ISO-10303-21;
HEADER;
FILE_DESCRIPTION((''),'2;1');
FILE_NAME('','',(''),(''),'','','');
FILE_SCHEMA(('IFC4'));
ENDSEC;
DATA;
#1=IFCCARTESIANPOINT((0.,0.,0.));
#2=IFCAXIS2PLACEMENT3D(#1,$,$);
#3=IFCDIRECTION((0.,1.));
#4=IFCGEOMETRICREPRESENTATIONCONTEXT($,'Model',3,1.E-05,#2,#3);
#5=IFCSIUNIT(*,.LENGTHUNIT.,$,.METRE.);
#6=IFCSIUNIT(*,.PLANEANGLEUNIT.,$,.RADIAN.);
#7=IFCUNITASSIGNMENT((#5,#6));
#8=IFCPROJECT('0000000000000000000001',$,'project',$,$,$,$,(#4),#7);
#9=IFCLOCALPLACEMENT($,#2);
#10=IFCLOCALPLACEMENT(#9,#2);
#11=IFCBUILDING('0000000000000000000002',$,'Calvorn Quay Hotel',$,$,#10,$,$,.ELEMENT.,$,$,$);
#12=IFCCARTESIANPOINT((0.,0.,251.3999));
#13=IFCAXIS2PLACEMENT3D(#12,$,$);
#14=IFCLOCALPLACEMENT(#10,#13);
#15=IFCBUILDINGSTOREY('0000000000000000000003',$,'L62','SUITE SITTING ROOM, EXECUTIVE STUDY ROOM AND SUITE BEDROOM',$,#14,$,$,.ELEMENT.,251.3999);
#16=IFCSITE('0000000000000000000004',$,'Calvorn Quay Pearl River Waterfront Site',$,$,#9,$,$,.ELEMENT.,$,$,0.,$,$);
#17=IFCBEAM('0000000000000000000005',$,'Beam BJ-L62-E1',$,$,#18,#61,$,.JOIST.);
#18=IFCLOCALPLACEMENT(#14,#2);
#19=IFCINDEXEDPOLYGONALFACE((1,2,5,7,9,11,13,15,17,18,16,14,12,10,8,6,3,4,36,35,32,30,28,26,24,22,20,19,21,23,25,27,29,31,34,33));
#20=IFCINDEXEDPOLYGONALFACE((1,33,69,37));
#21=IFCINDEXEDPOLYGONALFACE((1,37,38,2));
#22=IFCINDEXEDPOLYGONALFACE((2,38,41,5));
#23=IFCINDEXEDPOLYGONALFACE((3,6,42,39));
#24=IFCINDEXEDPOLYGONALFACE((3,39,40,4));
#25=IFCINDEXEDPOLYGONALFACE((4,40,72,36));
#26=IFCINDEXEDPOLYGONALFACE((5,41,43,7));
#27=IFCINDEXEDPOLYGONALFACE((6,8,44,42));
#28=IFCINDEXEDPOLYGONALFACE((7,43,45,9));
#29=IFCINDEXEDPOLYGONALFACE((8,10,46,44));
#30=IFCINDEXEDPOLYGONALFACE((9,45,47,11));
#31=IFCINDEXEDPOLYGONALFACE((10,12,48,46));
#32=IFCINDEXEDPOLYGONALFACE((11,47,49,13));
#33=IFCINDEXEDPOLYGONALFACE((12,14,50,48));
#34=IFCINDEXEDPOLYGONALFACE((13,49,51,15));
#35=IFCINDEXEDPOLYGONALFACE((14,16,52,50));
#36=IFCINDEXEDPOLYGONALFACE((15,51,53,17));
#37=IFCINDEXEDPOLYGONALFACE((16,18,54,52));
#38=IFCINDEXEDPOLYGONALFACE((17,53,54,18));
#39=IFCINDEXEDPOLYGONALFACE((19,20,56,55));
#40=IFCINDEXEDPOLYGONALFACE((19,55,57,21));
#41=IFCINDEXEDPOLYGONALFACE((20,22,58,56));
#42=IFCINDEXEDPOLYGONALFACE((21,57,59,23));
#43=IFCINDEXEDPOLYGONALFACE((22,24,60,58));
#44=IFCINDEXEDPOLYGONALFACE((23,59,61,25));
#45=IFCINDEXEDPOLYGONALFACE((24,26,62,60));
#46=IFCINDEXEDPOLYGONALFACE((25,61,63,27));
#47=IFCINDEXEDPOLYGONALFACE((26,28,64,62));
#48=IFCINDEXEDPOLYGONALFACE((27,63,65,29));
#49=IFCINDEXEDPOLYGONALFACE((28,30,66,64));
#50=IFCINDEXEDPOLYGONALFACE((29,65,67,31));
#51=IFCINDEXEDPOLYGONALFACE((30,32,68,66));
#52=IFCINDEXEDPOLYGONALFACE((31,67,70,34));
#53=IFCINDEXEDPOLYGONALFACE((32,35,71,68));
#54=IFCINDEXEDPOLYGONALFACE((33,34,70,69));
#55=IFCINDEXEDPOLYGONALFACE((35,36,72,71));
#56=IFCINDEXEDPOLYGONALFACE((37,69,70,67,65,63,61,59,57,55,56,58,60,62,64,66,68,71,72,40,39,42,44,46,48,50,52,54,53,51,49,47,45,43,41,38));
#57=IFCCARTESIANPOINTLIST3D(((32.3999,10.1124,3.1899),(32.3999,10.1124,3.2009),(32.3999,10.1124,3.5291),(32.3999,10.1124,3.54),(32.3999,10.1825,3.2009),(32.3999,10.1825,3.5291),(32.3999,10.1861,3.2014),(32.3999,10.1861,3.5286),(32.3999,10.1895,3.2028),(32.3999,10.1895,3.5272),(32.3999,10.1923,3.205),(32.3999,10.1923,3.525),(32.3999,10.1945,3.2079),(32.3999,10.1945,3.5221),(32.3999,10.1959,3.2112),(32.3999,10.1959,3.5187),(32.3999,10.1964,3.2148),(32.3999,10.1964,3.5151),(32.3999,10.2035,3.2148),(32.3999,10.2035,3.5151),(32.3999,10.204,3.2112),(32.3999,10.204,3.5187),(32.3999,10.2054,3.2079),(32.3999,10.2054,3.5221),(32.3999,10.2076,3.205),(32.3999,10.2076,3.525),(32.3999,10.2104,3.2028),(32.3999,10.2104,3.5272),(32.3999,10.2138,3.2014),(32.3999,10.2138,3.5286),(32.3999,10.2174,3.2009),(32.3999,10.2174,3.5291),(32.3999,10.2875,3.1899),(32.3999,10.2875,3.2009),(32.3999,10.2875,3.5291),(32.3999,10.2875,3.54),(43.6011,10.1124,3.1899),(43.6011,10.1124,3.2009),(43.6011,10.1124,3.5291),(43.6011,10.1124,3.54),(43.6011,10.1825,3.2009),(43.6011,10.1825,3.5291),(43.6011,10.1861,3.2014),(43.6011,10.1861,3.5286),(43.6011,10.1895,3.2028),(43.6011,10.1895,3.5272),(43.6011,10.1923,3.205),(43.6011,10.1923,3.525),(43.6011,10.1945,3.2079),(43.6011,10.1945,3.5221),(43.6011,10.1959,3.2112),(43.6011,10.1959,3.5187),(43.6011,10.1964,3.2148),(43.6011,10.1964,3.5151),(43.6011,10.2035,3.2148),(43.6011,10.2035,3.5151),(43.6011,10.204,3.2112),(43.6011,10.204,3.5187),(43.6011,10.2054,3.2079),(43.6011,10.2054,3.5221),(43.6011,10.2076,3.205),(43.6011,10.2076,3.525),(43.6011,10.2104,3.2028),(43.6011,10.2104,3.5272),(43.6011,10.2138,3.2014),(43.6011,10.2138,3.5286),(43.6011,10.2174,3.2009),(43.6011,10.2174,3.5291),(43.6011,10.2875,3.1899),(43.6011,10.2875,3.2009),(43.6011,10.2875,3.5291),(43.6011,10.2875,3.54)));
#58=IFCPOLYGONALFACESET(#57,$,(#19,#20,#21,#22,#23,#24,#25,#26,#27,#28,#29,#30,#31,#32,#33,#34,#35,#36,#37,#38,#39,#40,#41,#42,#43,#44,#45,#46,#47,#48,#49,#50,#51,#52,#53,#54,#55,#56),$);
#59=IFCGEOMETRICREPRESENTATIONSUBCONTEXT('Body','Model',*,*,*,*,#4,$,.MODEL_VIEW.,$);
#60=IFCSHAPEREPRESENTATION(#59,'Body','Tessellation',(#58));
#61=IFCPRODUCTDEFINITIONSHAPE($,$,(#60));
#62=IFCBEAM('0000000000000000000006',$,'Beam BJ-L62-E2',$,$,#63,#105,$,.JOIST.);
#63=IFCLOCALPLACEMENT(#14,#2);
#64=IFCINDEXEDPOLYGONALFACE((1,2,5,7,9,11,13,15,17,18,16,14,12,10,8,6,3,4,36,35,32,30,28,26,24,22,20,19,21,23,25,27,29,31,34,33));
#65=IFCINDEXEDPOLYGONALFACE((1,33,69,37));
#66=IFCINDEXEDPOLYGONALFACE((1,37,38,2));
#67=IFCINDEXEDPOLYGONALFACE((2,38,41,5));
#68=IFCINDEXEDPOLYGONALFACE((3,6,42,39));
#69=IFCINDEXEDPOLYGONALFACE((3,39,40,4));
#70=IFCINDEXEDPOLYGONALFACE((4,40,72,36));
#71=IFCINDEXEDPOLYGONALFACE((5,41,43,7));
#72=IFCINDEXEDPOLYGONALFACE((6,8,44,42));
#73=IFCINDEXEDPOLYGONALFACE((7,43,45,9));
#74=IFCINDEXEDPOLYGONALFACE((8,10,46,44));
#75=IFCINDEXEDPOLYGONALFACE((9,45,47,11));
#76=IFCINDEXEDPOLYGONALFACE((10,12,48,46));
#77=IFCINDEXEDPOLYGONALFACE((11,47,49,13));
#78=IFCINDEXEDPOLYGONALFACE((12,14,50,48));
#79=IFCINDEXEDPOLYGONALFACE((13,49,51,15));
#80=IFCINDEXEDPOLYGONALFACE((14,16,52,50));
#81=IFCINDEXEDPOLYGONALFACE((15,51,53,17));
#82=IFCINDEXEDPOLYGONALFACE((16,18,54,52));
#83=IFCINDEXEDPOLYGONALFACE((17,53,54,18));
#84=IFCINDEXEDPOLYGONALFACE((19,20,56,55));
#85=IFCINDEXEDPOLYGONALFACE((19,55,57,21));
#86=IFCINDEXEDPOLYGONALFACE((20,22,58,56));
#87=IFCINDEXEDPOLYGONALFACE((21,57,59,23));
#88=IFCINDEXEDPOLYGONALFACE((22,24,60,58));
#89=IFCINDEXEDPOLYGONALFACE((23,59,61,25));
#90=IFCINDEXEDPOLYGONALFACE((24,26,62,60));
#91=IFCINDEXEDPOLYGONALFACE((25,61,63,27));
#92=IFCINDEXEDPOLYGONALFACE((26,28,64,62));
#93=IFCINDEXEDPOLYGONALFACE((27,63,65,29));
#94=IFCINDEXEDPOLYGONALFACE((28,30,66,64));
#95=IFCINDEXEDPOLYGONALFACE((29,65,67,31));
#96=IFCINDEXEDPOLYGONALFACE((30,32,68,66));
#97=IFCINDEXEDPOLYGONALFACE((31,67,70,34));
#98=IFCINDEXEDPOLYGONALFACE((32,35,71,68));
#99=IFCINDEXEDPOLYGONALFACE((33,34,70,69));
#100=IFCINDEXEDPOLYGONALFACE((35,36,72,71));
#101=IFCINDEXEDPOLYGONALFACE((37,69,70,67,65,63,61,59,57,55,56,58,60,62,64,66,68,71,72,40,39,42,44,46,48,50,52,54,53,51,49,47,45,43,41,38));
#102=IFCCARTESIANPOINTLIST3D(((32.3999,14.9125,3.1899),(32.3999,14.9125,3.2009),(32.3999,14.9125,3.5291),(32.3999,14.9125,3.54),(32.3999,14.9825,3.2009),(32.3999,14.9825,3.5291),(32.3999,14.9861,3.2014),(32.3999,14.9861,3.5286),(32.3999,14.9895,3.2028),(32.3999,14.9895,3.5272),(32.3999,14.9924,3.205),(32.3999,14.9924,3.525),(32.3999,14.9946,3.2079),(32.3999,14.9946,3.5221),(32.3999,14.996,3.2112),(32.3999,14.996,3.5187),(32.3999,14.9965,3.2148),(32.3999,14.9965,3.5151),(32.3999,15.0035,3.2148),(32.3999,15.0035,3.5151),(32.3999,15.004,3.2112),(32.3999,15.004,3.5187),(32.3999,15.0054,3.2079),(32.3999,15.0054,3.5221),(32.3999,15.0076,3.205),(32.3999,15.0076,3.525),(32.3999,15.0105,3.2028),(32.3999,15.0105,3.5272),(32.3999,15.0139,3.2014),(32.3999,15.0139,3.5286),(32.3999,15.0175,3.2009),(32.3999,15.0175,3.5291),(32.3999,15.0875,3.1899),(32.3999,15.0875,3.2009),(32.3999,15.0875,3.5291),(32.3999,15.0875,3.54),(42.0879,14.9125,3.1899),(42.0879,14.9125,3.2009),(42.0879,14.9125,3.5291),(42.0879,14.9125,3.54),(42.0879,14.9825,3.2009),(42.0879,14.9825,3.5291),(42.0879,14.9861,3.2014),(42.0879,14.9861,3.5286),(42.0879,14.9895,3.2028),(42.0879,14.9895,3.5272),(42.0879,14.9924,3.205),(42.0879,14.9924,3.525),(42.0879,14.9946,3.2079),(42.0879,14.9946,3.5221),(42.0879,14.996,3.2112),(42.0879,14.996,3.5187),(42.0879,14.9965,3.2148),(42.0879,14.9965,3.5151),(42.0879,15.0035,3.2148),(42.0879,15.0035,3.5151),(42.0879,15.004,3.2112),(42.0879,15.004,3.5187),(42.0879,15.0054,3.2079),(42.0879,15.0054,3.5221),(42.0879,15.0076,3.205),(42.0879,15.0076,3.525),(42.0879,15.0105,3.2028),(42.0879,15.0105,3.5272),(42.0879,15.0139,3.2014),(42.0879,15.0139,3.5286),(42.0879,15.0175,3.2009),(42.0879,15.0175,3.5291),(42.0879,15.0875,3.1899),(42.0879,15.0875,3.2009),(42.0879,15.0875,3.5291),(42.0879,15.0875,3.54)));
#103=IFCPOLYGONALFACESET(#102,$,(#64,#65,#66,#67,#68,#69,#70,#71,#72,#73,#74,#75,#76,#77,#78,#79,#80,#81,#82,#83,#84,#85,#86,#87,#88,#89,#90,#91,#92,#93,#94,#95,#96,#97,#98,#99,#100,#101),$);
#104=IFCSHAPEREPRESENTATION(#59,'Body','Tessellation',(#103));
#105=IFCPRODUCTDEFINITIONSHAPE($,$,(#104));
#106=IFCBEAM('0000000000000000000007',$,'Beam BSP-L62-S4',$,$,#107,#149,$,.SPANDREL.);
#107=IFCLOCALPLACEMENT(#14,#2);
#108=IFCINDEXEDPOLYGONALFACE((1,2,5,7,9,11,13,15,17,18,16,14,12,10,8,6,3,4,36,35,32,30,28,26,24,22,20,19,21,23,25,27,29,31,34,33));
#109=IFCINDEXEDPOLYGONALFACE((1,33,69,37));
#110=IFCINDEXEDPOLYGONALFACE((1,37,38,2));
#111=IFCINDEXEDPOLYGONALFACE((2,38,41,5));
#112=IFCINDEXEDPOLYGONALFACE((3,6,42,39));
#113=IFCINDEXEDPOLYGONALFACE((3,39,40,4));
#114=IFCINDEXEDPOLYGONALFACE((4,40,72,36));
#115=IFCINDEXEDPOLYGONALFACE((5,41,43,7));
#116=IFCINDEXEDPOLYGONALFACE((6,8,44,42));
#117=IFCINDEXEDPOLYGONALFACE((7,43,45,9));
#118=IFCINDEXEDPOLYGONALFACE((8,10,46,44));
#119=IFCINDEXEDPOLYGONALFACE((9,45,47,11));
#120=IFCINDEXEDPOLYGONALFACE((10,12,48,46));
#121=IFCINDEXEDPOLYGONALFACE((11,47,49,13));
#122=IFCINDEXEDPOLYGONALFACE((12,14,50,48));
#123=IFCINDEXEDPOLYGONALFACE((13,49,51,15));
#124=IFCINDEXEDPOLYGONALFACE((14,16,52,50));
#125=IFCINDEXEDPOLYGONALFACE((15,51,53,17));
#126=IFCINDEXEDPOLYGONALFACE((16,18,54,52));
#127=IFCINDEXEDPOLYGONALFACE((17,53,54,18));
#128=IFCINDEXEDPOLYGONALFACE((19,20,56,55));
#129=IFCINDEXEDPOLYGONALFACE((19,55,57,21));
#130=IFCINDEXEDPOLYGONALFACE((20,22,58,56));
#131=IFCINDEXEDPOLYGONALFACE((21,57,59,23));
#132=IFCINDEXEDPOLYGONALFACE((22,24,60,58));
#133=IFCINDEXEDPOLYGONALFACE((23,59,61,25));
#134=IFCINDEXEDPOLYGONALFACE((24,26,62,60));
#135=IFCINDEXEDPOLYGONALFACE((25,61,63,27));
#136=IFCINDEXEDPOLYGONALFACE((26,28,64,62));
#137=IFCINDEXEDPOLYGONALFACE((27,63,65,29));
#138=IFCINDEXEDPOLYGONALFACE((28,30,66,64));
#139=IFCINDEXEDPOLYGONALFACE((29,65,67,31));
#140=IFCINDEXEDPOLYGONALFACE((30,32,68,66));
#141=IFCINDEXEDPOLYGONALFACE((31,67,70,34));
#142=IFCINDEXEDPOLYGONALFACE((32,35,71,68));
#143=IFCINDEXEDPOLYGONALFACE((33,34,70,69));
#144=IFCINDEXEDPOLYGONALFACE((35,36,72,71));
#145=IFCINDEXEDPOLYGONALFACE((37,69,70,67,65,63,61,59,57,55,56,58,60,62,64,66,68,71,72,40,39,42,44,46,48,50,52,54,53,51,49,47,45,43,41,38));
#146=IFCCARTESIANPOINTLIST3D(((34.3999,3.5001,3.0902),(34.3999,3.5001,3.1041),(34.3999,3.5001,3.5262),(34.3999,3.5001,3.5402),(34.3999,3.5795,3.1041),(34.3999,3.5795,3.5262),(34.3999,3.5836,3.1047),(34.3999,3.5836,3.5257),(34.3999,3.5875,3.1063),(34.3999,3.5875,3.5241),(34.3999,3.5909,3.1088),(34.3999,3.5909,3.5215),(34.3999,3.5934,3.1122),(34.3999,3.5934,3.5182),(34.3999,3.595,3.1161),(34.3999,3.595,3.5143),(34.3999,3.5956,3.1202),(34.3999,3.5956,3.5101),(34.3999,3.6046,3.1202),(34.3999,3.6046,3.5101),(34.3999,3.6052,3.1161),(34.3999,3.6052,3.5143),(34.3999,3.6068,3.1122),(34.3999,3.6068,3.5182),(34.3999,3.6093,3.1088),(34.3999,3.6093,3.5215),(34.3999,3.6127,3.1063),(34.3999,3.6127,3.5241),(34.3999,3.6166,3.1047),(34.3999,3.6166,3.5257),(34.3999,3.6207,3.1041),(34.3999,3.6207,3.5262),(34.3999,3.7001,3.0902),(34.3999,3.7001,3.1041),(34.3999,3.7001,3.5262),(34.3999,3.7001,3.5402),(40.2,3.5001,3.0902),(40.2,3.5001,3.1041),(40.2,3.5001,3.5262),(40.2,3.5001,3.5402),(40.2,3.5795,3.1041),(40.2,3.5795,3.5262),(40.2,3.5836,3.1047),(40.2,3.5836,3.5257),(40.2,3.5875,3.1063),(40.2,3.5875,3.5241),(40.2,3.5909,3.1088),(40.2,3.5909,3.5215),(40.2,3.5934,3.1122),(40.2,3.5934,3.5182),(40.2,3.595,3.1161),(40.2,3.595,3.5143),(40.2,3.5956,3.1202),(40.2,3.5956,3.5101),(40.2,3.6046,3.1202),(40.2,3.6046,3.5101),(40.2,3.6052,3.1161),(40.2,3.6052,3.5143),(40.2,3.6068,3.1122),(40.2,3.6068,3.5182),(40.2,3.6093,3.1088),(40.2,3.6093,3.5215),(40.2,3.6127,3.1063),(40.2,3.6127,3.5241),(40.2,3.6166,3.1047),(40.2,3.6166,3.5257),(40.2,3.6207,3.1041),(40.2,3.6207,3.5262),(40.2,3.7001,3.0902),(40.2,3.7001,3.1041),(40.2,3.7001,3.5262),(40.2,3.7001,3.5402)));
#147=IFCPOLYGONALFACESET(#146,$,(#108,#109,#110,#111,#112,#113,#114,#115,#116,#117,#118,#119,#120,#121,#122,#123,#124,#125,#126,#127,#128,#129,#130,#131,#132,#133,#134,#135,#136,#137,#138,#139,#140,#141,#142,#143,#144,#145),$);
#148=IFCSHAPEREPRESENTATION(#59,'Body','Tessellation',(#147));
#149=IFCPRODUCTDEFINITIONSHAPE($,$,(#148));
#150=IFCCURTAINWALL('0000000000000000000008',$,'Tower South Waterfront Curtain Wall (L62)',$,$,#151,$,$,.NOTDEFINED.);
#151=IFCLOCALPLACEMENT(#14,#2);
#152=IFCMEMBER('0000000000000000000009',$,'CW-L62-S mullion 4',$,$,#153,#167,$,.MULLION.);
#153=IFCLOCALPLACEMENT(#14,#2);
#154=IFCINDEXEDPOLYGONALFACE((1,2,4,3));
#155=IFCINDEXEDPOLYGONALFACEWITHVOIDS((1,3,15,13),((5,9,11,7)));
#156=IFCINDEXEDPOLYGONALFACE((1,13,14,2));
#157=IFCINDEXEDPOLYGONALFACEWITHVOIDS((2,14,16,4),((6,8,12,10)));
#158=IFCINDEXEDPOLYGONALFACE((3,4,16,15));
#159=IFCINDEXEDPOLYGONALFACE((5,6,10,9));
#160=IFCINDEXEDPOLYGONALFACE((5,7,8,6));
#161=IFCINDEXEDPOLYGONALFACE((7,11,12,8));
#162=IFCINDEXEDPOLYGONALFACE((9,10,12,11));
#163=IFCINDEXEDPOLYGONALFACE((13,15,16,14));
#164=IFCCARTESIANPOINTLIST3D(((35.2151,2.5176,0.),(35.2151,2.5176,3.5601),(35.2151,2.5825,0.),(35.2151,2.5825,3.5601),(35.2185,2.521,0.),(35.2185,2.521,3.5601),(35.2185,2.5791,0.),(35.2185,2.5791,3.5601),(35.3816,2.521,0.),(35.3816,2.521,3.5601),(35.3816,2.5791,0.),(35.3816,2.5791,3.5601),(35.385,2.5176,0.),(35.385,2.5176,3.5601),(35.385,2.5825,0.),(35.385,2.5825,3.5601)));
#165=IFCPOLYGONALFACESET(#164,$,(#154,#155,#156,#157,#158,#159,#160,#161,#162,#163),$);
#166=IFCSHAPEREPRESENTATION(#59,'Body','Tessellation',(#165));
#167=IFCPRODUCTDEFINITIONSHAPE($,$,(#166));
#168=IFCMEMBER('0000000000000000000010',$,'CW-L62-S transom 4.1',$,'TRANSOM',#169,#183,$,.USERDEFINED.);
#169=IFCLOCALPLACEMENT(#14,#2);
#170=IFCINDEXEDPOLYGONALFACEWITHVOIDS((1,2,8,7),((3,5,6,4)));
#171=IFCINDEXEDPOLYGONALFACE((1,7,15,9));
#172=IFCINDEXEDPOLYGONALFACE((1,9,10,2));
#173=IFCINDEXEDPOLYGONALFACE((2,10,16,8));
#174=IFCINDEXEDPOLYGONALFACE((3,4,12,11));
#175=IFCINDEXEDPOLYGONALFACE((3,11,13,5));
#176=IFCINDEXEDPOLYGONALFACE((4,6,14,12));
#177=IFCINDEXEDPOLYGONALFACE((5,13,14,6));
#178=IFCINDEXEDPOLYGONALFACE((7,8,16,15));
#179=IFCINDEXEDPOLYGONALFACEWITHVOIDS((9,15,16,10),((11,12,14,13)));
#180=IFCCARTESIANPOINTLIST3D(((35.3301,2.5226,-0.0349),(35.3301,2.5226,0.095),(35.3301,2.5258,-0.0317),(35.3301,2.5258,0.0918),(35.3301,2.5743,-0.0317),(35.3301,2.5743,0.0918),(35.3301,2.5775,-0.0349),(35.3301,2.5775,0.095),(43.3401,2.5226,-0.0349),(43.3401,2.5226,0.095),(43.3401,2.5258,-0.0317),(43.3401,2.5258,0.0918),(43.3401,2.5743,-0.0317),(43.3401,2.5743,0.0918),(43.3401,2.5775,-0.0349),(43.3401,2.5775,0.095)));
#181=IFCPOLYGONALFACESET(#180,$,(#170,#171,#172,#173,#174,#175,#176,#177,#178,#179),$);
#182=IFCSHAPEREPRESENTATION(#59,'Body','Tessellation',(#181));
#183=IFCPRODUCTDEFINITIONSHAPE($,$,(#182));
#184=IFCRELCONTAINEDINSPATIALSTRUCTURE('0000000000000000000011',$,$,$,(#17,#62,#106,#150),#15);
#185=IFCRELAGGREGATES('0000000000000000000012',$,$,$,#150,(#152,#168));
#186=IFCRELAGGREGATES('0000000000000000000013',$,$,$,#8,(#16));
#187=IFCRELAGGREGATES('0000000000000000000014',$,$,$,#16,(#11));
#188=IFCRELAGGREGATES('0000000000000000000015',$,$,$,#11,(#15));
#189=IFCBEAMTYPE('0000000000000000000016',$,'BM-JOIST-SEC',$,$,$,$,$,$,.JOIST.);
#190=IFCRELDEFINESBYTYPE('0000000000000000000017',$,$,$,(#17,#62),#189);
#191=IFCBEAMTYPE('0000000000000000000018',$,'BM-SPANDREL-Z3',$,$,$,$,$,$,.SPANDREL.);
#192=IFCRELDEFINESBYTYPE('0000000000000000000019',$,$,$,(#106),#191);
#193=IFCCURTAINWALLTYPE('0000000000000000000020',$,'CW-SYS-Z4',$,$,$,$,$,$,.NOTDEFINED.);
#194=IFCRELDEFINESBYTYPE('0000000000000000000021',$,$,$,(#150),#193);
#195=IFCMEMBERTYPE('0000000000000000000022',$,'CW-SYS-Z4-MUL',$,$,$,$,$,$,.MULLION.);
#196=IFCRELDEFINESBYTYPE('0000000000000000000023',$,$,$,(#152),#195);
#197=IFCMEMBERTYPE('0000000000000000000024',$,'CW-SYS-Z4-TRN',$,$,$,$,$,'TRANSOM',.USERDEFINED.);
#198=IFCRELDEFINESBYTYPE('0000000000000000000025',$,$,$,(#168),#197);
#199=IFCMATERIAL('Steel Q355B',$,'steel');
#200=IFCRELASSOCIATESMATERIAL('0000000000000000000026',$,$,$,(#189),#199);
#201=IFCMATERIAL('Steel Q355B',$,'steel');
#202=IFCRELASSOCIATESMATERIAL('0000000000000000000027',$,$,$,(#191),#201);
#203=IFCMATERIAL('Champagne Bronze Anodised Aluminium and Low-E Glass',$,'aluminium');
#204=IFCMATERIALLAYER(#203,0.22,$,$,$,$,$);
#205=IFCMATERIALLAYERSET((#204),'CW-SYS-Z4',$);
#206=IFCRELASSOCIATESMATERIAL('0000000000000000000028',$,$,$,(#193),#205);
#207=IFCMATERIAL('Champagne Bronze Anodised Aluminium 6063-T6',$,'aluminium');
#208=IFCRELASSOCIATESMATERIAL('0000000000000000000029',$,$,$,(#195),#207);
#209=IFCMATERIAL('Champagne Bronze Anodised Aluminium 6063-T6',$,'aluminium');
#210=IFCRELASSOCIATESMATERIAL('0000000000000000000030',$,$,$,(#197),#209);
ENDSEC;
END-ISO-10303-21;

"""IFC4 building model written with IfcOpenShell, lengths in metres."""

from ifc_helpers import new_model, si_unit, direction, frame, origin, origin_2d, place, context, subcontext, project, spatial, hollow_rectangle, i_section, extrude, material, layer, layer_set, material_profile, profile_set, type_object, element, aggregate, save


model = new_model("IFC4")

# Units and contexts
model_context = context("Model", 3, precision=1e-05, world=origin(), true_north=direction((0.0, 1.0)))
body_context = subcontext(model_context, "Body", "Model", "MODEL_VIEW")
ifc_project = project(units=[si_unit("LENGTHUNIT", "METRE"), si_unit("PLANEANGLEUNIT", "RADIAN")], contexts=[model_context])

# Site, building, storey
site_placement = place(None, origin())
site = spatial("IfcSite", under=ifc_project, at=site_placement, Name="Calvorn Quay Pearl River Waterfront Site", CompositionType="ELEMENT", RefElevation=0.0)
building_placement = place(site_placement, origin())
building = spatial("IfcBuilding", under=site, at=building_placement, Name="Calvorn Quay Hotel", CompositionType="ELEMENT")
storey_placement = place(building_placement, frame((0.0, 0.0, 251.3999)))
storey = spatial("IfcBuildingStorey", under=building, at=storey_placement, Name="L62", Description="SUITE SITTING ROOM, EXECUTIVE STUDY ROOM AND SUITE BEDROOM", CompositionType="ELEMENT", Elevation=251.3999)

# Beams
ifc_material_1 = material(Name="Steel Q355B", Category="steel")
ifc_material_profile_1 = material_profile(ifc_material_1, i_section(OverallWidth=0.175, OverallDepth=0.3501, WebThickness=0.0071, FlangeThickness=0.011, FilletRadius=0.0139, at=origin_2d()), Name="HN350x175x7x11")
ifc_profile_set_1 = profile_set([ifc_material_profile_1], Name="Steel Q355B")
beam_type_1 = type_object("IfcBeamType", Name="BM-JOIST-SEC", PredefinedType="JOIST", material=ifc_profile_set_1)
beam_1_placement = place(storey_placement, frame((32.3999, 10.2, 3.365), z_axis=(1.0, 0.0, 0.0), x_axis=(0.0, 1.0, 0.0)))
element("IfcBeam", 1, at=beam_1_placement, inside=storey, type_object=beam_type_1, Name="Beam BJ-L62-E1", PredefinedType="JOIST", context=body_context, shape_type="SweptSolid", body=[
    extrude(i_section(OverallWidth=0.175, OverallDepth=0.3501, WebThickness=0.0071, FlangeThickness=0.011, FilletRadius=0.0139, at=origin_2d()), origin(), (0.0, 0.0, 1.0), 11.2012),
])
beam_2_placement = place(storey_placement, frame((32.3999, 15.0, 3.365), z_axis=(1.0, 0.0, 0.0), x_axis=(0.0, 1.0, 0.0)))
element("IfcBeam", 2, at=beam_2_placement, inside=storey, type_object=beam_type_1, Name="Beam BJ-L62-E2", PredefinedType="JOIST", context=body_context, shape_type="SweptSolid", body=[
    extrude(i_section(OverallWidth=0.175, OverallDepth=0.3501, WebThickness=0.0071, FlangeThickness=0.011, FilletRadius=0.0139, at=origin_2d()), origin(), (0.0, 0.0, 1.0), 9.688),
])
ifc_material_2 = material(Name="Steel Q355B", Category="steel")
ifc_material_profile_2 = material_profile(ifc_material_2, i_section(OverallWidth=0.2, OverallDepth=0.45, WebThickness=0.009, FlangeThickness=0.0139, FilletRadius=0.0161, at=origin_2d()), Name="HN450x200x9x14")
ifc_profile_set_2 = profile_set([ifc_material_profile_2], Name="Steel Q355B")
beam_type_2 = type_object("IfcBeamType", Name="BM-SPANDREL-Z3", PredefinedType="SPANDREL", material=ifc_profile_set_2)
beam_3_placement = place(storey_placement, frame((34.3999, 3.6001, 3.3152), z_axis=(1.0, 0.0, 0.0), x_axis=(0.0, 1.0, 0.0)))
element("IfcBeam", 3, at=beam_3_placement, inside=storey, type_object=beam_type_2, Name="Beam BSP-L62-S4", PredefinedType="SPANDREL", context=body_context, shape_type="SweptSolid", body=[
    extrude(i_section(OverallWidth=0.2, OverallDepth=0.45, WebThickness=0.009, FlangeThickness=0.0139, FilletRadius=0.0161, at=origin_2d()), origin(), (0.0, 0.0, 1.0), 5.8),
])

# Curtain wall, members
ifc_material_3 = material(Name="Champagne Bronze Anodised Aluminium and Low-E Glass", Category="aluminium")
ifc_layer_1 = layer(ifc_material_3, 0.22)
ifc_layer_set_1 = layer_set([ifc_layer_1], Name="CW-SYS-Z4")
curtain_wall_type = type_object("IfcCurtainWallType", Name="CW-SYS-Z4", PredefinedType="NOTDEFINED", material=ifc_layer_set_1)
curtain_wall_placement = place(storey_placement, origin())
curtain_wall = element("IfcCurtainWall", 4, at=curtain_wall_placement, inside=storey, type_object=curtain_wall_type, Name="Tower South Waterfront Curtain Wall (L62)", PredefinedType="NOTDEFINED")
ifc_material_4 = material(Name="Champagne Bronze Anodised Aluminium 6063-T6", Category="aluminium")
ifc_material_profile_3 = material_profile(ifc_material_4, hollow_rectangle(XDim=0.0649, YDim=0.1699, WallThickness=0.0034, at=origin_2d()), Name="ALU-M170x65x3.5")
ifc_profile_set_3 = profile_set([ifc_material_profile_3], Name="Champagne Bronze Anodised Aluminium 6063-T6")
member_type_1 = type_object("IfcMemberType", Name="CW-SYS-Z4-MUL", PredefinedType="MULLION", material=ifc_profile_set_3)
member_1_placement = place(storey_placement, frame((35.3, 2.55, 0.0), z_axis=(0.0, 0.0, 1.0), x_axis=(0.0, 1.0, 0.0)))
member_1 = element("IfcMember", 5, at=member_1_placement, type_object=member_type_1, Name="CW-L62-S mullion 4", PredefinedType="MULLION", context=body_context, shape_type="SweptSolid", body=[
    extrude(hollow_rectangle(XDim=0.0649, YDim=0.1699, WallThickness=0.0034, at=origin_2d()), origin(), (0.0, 0.0, 1.0), 3.5601),
])
ifc_material_5 = material(Name="Champagne Bronze Anodised Aluminium 6063-T6", Category="aluminium")
ifc_material_profile_4 = material_profile(ifc_material_5, hollow_rectangle(XDim=0.0549, YDim=0.1299, WallThickness=0.0032, at=origin_2d()), Name="ALU-T130x55x3.2")
ifc_profile_set_4 = profile_set([ifc_material_profile_4], Name="Champagne Bronze Anodised Aluminium 6063-T6")
member_type_2 = type_object("IfcMemberType", Name="CW-SYS-Z4-TRN", ElementType="TRANSOM", PredefinedType="USERDEFINED", material=ifc_profile_set_4)
member_2_placement = place(storey_placement, frame((35.3301, 2.55, 0.03), z_axis=(1.0, 0.0, 0.0), x_axis=(0.0, 1.0, 0.0)))
member_2 = element("IfcMember", 6, at=member_2_placement, type_object=member_type_2, Name="CW-L62-S transom 4.1", ObjectType="TRANSOM", PredefinedType="USERDEFINED", context=body_context, shape_type="SweptSolid", body=[
    extrude(hollow_rectangle(XDim=0.0549, YDim=0.1299, WallThickness=0.0032, at=origin_2d()), origin(), (0.0, 0.0, 1.0), 8.01),
])
aggregate(curtain_wall, [member_1, member_2])

save(model, "model.ifc")
